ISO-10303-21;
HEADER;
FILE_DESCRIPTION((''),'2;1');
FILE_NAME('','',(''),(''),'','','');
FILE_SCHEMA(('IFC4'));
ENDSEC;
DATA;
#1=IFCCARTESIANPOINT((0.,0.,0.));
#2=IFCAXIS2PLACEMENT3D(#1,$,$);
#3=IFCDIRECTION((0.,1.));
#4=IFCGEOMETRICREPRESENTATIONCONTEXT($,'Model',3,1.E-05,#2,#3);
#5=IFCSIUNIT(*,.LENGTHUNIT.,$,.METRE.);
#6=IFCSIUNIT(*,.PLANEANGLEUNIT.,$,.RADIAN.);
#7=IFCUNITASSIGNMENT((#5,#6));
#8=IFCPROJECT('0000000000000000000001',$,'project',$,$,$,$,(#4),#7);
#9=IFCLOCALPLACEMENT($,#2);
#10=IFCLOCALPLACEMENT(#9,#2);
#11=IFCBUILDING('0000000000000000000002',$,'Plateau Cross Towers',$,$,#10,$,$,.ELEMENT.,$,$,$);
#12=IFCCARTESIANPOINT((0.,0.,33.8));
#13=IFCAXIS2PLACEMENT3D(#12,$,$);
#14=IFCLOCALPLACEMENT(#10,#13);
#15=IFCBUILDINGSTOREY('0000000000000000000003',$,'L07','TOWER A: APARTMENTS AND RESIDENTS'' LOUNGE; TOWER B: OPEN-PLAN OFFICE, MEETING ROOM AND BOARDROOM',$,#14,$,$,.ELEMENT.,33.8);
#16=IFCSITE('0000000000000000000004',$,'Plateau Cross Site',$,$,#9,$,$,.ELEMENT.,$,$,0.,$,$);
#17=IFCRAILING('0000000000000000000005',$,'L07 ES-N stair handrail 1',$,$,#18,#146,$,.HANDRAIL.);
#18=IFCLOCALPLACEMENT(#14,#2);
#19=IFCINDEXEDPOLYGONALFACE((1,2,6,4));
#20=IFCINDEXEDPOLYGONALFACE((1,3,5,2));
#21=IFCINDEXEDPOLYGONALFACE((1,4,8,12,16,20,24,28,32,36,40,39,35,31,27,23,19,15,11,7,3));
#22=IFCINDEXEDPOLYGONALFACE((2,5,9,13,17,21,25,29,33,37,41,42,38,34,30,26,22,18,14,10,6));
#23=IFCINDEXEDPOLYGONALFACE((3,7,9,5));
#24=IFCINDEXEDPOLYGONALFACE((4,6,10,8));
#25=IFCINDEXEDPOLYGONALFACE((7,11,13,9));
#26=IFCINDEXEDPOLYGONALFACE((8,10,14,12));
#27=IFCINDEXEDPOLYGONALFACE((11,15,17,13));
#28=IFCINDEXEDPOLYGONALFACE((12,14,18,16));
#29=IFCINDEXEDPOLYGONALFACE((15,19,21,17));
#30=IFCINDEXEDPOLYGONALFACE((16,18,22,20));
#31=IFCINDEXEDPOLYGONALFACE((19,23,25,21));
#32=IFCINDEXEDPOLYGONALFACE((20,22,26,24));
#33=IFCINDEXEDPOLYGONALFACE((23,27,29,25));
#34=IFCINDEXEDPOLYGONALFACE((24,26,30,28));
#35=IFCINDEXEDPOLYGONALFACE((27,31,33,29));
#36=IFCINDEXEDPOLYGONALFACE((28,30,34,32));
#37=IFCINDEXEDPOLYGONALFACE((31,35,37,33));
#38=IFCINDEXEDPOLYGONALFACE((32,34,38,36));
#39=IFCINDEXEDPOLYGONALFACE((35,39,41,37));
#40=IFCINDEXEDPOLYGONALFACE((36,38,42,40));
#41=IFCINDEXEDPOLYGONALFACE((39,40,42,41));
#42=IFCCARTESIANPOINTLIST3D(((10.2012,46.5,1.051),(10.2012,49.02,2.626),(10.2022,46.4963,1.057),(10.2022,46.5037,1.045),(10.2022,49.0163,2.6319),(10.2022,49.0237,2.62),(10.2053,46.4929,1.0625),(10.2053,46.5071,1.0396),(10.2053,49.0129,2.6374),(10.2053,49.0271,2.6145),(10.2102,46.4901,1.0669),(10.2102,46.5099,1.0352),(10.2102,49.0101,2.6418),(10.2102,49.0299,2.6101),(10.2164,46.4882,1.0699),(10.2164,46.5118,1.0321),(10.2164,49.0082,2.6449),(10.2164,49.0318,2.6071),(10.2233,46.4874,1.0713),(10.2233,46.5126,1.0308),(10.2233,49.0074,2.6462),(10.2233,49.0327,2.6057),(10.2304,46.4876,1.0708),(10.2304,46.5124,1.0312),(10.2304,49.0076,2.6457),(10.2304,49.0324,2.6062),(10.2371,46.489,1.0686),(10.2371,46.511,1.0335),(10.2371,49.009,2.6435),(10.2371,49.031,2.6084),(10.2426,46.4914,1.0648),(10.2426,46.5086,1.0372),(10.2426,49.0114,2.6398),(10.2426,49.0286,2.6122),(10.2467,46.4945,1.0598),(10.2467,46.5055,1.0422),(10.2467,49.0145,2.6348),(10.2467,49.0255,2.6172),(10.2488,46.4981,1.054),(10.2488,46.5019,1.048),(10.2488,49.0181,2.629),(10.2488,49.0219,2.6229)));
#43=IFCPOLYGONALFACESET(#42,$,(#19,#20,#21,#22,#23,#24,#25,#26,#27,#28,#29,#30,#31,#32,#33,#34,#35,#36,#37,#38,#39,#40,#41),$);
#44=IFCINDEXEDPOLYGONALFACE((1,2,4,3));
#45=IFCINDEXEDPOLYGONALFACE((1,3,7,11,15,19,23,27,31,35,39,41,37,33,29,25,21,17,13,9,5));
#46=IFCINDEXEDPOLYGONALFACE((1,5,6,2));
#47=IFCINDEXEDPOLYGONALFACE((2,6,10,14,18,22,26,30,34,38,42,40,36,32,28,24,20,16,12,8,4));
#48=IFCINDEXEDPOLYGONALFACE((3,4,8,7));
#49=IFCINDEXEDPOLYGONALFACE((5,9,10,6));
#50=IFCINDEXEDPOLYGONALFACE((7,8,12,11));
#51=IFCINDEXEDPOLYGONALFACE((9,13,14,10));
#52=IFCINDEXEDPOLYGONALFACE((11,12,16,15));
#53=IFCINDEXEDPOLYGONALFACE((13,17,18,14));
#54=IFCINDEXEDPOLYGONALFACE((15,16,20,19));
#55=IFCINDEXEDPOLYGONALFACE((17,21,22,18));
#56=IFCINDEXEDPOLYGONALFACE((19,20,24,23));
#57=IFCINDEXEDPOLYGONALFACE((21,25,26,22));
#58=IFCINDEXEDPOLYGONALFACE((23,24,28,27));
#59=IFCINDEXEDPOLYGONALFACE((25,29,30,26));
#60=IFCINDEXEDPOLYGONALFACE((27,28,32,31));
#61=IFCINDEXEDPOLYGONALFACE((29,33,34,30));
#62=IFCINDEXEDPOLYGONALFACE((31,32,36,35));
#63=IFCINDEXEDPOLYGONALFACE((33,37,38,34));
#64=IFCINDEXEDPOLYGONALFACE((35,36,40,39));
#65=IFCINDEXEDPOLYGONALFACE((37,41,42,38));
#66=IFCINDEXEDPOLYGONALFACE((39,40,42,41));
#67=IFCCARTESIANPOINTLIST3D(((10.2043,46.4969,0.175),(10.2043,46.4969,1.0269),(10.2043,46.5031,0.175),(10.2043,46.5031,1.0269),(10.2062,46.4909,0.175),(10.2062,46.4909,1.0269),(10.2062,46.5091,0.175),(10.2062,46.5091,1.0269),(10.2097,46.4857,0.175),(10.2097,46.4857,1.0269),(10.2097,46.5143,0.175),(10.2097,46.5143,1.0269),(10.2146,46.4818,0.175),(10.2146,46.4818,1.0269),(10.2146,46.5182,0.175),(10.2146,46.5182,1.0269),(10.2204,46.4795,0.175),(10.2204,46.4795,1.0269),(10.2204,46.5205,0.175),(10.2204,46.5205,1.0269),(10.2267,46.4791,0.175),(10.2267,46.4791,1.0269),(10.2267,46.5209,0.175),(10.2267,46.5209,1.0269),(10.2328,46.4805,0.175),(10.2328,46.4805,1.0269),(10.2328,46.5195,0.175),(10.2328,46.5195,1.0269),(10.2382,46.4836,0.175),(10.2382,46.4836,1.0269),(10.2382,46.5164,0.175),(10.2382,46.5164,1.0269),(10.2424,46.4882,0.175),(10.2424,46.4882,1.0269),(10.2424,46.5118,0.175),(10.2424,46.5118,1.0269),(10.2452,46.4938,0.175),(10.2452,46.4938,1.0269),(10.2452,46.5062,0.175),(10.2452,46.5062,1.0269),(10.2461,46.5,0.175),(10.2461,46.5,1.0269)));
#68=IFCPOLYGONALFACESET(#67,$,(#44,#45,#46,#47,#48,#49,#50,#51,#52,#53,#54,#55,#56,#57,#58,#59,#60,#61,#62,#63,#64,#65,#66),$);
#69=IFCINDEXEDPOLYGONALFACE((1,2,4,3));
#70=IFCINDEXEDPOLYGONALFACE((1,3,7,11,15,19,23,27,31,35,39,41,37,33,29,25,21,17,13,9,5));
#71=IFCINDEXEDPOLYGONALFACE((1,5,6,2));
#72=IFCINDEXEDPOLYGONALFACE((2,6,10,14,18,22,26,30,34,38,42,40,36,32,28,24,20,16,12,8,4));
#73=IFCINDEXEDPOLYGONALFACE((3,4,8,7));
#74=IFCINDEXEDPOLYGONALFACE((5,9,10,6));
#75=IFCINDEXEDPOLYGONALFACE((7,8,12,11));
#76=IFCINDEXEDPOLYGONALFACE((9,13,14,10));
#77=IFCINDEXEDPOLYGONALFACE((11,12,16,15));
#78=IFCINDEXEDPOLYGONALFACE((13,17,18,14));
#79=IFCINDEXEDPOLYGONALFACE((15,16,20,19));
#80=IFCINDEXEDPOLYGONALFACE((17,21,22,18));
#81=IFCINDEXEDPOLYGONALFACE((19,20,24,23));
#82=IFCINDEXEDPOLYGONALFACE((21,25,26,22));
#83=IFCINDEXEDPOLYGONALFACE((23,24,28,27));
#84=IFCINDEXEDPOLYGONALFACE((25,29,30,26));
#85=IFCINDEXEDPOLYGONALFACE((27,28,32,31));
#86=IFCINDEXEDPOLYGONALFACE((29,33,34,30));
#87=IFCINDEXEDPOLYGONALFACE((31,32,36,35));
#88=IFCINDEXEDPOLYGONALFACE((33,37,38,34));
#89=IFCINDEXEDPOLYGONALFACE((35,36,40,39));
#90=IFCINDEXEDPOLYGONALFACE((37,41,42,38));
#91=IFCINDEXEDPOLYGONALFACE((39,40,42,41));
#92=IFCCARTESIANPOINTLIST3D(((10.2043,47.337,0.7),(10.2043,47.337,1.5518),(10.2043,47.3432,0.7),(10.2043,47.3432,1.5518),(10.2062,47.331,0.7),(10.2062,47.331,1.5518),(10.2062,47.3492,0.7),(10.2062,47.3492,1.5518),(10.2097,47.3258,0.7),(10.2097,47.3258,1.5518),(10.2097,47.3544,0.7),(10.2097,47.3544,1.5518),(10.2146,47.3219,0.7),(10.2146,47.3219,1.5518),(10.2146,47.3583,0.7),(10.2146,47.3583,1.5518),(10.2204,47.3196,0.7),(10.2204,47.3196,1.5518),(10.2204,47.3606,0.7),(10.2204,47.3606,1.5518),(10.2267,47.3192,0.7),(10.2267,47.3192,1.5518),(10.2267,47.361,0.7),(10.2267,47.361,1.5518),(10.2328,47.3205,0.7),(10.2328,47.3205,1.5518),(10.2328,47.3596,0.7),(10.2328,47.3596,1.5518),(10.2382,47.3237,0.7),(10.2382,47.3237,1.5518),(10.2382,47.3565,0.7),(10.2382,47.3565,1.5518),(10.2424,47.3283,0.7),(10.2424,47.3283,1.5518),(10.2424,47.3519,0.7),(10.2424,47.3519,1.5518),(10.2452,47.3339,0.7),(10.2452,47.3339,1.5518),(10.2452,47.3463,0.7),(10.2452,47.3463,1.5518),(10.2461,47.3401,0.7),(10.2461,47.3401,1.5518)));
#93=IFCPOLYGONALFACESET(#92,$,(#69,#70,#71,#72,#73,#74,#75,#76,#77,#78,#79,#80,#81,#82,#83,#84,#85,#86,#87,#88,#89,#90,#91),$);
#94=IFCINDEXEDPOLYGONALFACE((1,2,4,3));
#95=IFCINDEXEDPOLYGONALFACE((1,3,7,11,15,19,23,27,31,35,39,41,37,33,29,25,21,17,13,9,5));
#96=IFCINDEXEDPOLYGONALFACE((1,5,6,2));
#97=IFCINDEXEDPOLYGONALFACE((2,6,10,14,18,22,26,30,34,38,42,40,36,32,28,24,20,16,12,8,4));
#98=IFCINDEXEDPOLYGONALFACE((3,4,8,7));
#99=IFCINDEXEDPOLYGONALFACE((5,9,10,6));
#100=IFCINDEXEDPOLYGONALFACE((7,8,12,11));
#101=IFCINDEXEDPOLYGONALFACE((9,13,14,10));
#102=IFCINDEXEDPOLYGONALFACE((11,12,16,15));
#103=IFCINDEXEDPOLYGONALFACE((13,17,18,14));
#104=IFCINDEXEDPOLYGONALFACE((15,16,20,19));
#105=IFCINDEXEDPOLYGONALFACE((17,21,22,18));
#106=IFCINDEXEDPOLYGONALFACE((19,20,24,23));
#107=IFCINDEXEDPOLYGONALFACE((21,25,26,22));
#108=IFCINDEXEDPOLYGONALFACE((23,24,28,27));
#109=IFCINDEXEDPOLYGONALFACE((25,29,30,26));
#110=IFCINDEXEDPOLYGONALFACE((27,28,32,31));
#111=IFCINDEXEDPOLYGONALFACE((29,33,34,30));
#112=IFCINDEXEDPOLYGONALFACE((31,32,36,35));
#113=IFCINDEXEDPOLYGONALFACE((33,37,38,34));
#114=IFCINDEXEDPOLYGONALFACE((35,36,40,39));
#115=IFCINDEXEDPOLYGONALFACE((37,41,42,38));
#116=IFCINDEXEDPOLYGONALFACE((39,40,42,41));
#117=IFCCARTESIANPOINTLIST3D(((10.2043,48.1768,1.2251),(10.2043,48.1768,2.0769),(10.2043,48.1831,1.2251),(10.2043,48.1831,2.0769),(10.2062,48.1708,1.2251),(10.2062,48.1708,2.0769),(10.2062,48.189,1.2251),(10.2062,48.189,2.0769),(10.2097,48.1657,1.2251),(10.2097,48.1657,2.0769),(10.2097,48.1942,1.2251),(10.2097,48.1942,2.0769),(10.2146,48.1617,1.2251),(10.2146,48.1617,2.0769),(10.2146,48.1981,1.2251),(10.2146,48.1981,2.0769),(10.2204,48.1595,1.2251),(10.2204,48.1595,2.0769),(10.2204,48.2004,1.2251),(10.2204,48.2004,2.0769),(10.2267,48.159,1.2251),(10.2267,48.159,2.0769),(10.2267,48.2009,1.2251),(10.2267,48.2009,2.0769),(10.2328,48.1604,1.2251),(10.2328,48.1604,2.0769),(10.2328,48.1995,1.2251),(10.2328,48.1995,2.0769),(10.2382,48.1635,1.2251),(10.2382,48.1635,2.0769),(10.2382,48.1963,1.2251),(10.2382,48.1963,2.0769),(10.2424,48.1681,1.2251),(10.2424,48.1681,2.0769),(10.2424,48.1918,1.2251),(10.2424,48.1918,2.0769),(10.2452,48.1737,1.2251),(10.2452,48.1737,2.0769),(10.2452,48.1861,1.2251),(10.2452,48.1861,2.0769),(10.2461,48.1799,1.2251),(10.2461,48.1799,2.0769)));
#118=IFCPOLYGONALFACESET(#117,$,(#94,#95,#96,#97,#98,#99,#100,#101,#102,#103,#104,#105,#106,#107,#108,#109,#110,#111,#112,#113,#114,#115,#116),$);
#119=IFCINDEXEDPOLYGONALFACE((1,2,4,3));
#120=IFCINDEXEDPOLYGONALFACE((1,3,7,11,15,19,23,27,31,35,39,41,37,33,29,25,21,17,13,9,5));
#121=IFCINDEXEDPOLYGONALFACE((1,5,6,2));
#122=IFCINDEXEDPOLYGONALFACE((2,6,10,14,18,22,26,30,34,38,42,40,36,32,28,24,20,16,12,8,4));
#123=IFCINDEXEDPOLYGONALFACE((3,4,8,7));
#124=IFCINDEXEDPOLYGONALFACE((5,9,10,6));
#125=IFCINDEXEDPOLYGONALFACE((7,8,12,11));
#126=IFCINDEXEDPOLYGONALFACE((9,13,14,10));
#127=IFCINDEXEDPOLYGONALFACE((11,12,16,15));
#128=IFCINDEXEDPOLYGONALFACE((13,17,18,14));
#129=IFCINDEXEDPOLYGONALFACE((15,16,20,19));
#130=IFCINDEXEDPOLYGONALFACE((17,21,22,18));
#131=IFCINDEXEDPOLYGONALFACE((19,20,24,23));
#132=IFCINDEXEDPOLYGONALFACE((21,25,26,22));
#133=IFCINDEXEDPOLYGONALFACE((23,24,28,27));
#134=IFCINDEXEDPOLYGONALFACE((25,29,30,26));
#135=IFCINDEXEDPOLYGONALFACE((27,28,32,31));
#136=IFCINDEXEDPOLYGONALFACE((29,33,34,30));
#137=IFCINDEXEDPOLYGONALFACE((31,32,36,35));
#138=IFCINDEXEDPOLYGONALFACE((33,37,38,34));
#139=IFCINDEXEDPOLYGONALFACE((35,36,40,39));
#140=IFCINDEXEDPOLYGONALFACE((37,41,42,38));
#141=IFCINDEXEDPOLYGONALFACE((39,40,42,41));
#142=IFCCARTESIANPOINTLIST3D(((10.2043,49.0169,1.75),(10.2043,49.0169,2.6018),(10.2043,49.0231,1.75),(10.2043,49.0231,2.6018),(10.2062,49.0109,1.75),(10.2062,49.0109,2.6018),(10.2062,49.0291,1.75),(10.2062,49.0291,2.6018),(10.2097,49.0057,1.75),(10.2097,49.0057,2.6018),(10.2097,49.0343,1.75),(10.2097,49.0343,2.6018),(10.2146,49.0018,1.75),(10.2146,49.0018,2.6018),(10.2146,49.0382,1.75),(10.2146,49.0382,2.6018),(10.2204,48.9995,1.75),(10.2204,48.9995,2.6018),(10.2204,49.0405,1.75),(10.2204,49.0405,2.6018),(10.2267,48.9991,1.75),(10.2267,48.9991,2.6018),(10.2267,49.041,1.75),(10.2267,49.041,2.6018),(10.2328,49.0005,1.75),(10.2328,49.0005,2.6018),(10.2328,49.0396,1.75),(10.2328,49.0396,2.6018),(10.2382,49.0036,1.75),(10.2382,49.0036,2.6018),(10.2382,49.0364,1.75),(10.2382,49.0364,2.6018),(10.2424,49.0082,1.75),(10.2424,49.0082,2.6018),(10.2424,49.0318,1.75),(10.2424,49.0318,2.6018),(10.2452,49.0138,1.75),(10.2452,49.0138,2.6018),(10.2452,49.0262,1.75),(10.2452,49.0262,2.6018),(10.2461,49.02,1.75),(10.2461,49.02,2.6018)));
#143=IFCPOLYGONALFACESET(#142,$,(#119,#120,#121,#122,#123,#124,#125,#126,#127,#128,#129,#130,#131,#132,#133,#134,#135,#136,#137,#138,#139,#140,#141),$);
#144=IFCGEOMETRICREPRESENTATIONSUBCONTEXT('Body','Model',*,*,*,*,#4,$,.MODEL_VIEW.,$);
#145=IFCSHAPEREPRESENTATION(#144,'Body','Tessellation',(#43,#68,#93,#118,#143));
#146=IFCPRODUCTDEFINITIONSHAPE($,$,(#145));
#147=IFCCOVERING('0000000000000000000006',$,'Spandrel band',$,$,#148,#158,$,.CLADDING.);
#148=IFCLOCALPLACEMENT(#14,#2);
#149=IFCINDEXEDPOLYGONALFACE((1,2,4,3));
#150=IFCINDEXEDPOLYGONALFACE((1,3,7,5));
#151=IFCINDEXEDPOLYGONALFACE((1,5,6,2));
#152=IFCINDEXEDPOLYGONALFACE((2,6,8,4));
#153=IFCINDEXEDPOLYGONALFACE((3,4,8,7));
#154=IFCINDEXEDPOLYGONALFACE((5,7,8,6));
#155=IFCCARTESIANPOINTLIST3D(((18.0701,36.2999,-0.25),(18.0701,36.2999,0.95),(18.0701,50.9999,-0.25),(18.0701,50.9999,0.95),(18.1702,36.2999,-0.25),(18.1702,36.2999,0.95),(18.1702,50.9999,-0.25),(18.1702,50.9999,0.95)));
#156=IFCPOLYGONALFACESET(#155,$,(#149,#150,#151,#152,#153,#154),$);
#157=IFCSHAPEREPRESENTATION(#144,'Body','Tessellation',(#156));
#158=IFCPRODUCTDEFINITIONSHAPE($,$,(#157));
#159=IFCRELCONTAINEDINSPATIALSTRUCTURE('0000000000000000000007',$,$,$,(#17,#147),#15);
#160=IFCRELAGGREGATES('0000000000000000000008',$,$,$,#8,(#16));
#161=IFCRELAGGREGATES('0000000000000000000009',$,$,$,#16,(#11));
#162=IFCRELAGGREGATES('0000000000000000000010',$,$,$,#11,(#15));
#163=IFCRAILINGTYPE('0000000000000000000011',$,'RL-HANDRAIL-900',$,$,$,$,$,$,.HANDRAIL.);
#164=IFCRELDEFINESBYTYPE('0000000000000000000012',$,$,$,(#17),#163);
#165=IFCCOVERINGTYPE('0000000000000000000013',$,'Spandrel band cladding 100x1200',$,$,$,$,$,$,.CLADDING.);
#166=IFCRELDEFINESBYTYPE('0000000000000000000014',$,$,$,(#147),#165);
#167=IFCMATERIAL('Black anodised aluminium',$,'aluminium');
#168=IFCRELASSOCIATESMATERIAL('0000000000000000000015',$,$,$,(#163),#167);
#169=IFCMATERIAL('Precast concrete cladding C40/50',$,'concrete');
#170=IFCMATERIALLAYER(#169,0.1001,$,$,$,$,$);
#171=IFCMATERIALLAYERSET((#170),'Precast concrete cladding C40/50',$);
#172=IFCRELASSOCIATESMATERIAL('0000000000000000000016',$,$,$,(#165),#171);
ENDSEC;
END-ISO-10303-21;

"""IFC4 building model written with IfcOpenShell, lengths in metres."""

from ifc_helpers import new_model, si_unit, direction, frame, origin, origin_2d, place, context, subcontext, project, spatial, rectangle, circle, extrude, material, layer, layer_set, type_object, element, save


model = new_model("IFC4")

# Units and contexts
model_context = context("Model", 3, precision=1e-05, world=origin(), true_north=direction((0.0, 1.0)))
body_context = subcontext(model_context, "Body", "Model", "MODEL_VIEW")
ifc_project = project(units=[si_unit("LENGTHUNIT", "METRE"), si_unit("PLANEANGLEUNIT", "RADIAN")], contexts=[model_context])

# Site, building, storey
site_placement = place(None, origin())
site = spatial("IfcSite", under=ifc_project, at=site_placement, Name="Plateau Cross Site", CompositionType="ELEMENT", RefElevation=0.0)
building_placement = place(site_placement, origin())
building = spatial("IfcBuilding", under=site, at=building_placement, Name="Plateau Cross Towers", CompositionType="ELEMENT")
storey_placement = place(building_placement, frame((0.0, 0.0, 33.8)))
storey = spatial("IfcBuildingStorey", under=building, at=storey_placement, Name="L07", Description="TOWER A: APARTMENTS AND RESIDENTS' LOUNGE; TOWER B: OPEN-PLAN OFFICE, MEETING ROOM AND BOARDROOM", CompositionType="ELEMENT", Elevation=33.8)

# Shared definitions
ifc_material_1 = material(Name="Black anodised aluminium", Category="aluminium")

# Railing
railing_type_1 = type_object("IfcRailingType", Name="RL-HANDRAIL-900", PredefinedType="HANDRAIL", material=ifc_material_1)
railing_1_placement = place(storey_placement, frame((10.2251, 46.5, 0.175)))
element("IfcRailing", 1, at=railing_1_placement, inside=storey, type_object=railing_type_1, Name="L07 ES-N stair handrail 1", PredefinedType="HANDRAIL", context=body_context, shape_type="SweptSolid", body=[
    extrude(circle(Radius=0.0239, at=origin_2d()), frame((0.0, 0.0, 0.876), z_axis=(0.0, 0.848008, 0.529984), x_axis=(-1.0, 0.0, 0.0)), (0.0, 0.0, 1.0), 2.9717),
    extrude(circle(Radius=0.021, at=origin_2d()), origin(), (0.0, 0.0, 1.0), 0.8518),
    extrude(circle(Radius=0.021, at=origin_2d()), frame((0.0, 0.8401, 0.5249)), (0.0, 0.0, 1.0), 0.8518),
    extrude(circle(Radius=0.021, at=origin_2d()), frame((0.0, 1.6799, 1.05)), (0.0, 0.0, 1.0), 0.8518),
    extrude(circle(Radius=0.021, at=origin_2d()), frame((0.0, 2.52, 1.575)), (0.0, 0.0, 1.0), 0.8518),
])

# Covering
ifc_material_2 = material(Name="Precast concrete cladding C40/50", Category="concrete")
ifc_layer_1 = layer(ifc_material_2, 0.1001)
ifc_layer_set_1 = layer_set([ifc_layer_1], Name="Precast concrete cladding C40/50")
covering_type = type_object("IfcCoveringType", Name="Spandrel band cladding 100x1200", PredefinedType="CLADDING", material=ifc_layer_set_1)
covering_placement = place(storey_placement, frame((18.1201, 43.6499, -0.25), z_axis=(0.0, 0.0, 1.0), x_axis=(0.0, 1.0, 0.0)))
element("IfcCovering", 2, at=covering_placement, inside=storey, type_object=covering_type, Name="Spandrel band", PredefinedType="CLADDING", context=body_context, shape_type="SweptSolid", body=[
    extrude(rectangle(XDim=14.7, YDim=0.1001, at=origin_2d()), origin(), (0.0, 0.0, 1.0), 1.2),
])

save(model, "model.ifc")
